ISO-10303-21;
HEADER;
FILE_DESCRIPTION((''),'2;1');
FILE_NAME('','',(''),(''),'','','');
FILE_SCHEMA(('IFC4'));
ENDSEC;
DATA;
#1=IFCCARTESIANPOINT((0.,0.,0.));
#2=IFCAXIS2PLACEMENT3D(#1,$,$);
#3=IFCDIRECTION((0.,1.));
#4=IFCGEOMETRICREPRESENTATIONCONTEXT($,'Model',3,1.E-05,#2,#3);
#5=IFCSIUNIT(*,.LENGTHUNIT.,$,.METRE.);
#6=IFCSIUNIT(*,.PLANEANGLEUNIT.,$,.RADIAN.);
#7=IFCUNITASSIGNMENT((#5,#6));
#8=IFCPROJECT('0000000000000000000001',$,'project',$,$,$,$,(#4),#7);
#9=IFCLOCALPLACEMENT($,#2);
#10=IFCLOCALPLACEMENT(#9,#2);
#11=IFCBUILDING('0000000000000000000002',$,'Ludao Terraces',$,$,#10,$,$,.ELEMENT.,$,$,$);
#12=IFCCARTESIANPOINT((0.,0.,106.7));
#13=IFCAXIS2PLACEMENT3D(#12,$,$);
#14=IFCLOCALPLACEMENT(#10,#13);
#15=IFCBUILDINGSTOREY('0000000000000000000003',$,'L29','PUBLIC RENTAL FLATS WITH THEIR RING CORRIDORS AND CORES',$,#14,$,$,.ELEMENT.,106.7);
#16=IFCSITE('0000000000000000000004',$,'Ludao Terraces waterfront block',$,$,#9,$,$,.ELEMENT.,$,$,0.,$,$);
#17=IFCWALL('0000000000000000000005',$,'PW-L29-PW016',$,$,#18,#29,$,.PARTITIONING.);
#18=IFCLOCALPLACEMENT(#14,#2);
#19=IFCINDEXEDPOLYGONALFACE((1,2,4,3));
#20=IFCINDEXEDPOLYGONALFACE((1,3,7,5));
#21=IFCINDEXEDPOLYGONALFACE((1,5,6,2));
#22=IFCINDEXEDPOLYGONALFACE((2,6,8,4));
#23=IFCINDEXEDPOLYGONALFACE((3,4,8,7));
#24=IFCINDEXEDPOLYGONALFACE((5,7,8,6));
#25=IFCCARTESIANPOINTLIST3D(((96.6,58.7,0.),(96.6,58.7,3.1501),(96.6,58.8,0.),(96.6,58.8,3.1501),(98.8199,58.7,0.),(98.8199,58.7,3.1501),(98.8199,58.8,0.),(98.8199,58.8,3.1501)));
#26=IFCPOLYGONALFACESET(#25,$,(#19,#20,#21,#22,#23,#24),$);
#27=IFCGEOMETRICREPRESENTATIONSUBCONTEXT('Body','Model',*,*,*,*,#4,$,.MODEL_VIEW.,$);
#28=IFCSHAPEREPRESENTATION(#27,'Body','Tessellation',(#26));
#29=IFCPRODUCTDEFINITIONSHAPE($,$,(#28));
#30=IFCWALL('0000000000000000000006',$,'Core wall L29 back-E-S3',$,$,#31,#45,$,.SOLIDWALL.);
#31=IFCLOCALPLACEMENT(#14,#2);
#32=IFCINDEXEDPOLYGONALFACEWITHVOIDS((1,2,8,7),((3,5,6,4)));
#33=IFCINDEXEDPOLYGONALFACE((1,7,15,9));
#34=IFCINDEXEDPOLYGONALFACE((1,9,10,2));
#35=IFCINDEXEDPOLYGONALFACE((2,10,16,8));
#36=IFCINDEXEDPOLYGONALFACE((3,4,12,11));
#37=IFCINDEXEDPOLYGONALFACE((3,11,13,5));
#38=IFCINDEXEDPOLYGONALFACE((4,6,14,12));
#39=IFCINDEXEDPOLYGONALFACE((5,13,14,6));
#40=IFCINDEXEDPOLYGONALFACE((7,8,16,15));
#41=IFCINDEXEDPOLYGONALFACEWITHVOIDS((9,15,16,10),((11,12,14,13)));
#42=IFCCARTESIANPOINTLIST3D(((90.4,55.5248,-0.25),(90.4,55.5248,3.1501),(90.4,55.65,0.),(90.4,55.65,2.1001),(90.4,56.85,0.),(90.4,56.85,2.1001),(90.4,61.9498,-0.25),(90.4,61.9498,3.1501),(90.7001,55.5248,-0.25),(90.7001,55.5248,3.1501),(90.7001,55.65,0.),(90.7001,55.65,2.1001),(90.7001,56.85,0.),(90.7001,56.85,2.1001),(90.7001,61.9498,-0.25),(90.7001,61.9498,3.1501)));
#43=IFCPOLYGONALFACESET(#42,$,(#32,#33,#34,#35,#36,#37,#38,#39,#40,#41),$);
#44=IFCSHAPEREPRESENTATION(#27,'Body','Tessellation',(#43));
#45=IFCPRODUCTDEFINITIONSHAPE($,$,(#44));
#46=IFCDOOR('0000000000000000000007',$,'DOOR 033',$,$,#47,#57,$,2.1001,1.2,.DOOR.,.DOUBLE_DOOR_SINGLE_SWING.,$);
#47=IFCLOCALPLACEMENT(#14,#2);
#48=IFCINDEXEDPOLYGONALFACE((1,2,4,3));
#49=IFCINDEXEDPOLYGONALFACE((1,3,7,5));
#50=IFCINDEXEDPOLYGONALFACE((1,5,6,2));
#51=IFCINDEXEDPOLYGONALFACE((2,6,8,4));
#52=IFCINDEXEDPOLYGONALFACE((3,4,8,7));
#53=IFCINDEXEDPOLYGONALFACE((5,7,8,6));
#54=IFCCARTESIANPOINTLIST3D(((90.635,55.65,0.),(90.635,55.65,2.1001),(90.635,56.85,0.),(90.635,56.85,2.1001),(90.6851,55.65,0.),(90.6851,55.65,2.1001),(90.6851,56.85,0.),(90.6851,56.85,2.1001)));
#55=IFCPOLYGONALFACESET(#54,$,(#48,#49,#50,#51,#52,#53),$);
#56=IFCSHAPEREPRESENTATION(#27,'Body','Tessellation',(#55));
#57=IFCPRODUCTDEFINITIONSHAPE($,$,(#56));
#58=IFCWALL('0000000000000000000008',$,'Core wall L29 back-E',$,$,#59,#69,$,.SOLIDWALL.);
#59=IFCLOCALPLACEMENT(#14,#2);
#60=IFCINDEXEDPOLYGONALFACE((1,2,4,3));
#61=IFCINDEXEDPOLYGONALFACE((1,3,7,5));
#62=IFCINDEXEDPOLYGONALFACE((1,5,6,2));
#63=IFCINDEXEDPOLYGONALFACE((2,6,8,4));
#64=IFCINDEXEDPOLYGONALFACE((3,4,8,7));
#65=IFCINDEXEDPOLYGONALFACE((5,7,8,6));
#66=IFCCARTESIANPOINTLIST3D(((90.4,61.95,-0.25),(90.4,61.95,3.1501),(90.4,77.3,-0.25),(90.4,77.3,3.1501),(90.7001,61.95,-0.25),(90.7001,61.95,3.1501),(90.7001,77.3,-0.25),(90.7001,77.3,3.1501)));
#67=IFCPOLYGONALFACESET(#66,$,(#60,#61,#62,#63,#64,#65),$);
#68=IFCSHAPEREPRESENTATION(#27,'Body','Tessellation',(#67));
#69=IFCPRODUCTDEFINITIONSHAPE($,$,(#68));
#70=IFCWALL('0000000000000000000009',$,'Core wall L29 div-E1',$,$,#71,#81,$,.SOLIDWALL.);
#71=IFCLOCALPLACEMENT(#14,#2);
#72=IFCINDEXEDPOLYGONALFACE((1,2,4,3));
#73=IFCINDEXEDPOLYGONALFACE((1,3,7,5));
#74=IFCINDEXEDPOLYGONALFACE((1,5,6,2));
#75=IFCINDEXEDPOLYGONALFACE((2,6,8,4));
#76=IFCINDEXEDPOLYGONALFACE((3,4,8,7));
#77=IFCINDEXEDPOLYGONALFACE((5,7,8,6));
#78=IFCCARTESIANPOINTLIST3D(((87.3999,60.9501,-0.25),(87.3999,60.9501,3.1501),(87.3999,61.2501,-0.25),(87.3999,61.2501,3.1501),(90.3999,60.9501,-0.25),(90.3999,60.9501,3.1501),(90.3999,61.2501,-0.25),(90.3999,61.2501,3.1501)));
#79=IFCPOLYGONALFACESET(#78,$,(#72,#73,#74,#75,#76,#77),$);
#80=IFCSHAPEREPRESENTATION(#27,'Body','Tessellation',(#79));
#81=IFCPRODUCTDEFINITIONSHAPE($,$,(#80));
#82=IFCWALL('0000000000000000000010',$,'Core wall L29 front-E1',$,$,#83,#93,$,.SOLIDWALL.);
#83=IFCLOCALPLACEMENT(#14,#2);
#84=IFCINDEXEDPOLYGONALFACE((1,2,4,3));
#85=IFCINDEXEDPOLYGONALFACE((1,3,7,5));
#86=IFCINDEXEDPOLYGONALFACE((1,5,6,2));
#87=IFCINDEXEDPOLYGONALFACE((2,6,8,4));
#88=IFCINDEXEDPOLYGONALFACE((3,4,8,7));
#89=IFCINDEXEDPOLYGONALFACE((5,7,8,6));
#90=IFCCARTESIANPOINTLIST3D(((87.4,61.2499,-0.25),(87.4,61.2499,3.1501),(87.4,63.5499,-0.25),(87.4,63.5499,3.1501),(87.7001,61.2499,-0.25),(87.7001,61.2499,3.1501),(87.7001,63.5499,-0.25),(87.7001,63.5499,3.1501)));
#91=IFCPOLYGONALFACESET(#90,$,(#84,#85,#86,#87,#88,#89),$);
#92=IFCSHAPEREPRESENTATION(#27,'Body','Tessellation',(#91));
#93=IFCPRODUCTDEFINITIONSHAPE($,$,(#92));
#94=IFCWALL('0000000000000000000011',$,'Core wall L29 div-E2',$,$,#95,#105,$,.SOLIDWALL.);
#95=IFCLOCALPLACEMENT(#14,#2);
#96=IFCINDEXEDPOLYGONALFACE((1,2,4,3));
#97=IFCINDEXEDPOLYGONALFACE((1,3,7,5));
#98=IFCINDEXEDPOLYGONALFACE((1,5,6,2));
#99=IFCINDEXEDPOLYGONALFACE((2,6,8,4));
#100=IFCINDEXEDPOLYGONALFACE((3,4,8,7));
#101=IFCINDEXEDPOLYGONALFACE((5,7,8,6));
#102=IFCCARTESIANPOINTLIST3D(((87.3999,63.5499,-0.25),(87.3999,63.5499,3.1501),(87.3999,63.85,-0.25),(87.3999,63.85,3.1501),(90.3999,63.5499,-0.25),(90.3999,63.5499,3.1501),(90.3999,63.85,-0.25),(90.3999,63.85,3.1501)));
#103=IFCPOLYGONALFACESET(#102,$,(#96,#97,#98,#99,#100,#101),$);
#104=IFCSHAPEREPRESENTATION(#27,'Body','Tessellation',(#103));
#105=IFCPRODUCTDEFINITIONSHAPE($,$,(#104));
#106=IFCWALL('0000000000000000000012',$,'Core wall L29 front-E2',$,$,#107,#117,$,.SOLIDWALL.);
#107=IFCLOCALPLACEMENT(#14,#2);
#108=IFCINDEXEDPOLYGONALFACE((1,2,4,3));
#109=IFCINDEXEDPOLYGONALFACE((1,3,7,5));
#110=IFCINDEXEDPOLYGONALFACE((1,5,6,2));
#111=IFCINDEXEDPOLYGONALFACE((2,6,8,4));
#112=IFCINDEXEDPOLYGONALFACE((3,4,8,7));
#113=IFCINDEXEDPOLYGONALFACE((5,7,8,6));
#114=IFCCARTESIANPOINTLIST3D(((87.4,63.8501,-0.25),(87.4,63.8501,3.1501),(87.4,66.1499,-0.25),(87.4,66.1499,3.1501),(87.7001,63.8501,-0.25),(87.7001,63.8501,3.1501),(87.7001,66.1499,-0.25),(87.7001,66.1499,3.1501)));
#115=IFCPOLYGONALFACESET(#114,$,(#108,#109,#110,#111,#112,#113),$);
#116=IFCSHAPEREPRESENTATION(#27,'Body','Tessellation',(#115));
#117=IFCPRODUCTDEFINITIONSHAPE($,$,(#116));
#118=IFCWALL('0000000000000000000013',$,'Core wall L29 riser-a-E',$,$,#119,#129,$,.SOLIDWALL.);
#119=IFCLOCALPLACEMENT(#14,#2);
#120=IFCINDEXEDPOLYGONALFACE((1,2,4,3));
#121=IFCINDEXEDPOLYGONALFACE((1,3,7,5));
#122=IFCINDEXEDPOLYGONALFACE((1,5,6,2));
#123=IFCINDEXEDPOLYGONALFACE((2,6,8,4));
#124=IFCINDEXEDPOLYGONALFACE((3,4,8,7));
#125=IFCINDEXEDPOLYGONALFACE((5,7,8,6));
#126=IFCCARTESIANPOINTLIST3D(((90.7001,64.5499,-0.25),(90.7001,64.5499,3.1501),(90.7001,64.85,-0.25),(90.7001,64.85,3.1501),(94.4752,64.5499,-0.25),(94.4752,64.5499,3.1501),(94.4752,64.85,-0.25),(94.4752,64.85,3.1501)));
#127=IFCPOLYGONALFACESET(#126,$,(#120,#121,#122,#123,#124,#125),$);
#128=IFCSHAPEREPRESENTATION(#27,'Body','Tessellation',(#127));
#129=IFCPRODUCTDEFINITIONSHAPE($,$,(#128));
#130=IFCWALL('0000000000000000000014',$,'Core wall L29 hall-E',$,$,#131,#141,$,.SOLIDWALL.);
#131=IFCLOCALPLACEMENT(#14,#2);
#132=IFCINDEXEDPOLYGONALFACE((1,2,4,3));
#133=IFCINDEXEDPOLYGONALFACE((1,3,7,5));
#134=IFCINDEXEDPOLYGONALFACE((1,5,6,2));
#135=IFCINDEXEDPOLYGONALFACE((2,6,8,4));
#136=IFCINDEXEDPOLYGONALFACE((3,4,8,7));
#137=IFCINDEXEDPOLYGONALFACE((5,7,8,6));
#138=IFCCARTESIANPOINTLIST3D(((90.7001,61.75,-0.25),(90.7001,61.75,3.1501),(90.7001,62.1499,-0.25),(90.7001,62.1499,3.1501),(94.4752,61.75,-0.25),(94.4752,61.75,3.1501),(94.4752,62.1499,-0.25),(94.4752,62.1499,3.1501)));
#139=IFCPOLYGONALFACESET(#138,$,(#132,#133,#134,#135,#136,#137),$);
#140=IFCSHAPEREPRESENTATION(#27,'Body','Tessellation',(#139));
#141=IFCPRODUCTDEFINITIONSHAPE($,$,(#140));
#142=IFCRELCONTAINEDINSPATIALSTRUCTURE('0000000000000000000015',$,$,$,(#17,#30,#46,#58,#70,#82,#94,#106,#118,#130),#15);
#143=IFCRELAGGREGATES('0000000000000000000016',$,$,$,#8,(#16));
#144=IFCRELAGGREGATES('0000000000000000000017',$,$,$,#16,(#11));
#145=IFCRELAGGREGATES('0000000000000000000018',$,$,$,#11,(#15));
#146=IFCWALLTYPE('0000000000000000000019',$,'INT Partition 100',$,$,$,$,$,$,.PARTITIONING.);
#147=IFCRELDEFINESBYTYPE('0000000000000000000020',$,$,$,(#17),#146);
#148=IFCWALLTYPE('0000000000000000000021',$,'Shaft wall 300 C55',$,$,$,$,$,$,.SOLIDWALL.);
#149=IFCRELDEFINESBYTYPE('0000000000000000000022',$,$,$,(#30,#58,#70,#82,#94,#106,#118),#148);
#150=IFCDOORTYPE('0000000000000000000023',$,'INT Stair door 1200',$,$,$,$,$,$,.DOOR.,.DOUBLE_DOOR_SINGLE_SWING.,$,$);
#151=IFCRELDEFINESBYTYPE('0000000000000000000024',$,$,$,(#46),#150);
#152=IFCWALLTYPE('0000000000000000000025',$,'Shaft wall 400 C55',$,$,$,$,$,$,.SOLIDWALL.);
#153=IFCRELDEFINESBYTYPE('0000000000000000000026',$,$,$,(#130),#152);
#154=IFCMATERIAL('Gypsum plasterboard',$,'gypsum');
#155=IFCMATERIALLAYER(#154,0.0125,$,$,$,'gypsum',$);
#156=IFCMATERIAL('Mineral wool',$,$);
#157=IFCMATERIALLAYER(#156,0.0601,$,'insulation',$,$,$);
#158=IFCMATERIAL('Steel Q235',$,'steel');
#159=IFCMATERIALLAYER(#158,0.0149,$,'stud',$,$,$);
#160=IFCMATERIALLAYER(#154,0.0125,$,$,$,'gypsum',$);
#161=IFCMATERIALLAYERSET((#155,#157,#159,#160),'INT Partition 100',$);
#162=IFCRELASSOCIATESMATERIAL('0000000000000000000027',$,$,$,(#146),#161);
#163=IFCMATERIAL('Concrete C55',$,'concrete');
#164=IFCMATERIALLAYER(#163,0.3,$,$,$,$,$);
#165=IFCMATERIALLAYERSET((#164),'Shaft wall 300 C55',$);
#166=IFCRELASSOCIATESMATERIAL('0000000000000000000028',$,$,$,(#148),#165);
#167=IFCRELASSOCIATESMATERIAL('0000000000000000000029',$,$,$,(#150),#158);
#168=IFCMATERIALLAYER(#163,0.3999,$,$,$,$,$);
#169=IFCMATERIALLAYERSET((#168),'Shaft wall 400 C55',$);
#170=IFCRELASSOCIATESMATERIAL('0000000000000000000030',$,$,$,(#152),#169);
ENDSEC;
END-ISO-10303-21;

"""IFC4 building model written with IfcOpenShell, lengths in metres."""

from ifc_helpers import new_model, si_unit, direction, frame, frame_2d, origin, place, context, subcontext, project, spatial, rectangle, extrude, material, layer, layer_set, type_object, element, fill, save


model = new_model("IFC4")

# Units and contexts
model_context = context("Model", 3, precision=1e-05, world=origin(), true_north=direction((0.0, 1.0)))
body_context = subcontext(model_context, "Body", "Model", "MODEL_VIEW")
ifc_project = project(units=[si_unit("LENGTHUNIT", "METRE"), si_unit("PLANEANGLEUNIT", "RADIAN")], contexts=[model_context])

# Site, building, storey
site_placement = place(None, origin())
site = spatial("IfcSite", under=ifc_project, at=site_placement, Name="Ludao Terraces waterfront block", CompositionType="ELEMENT", RefElevation=0.0)
building_placement = place(site_placement, origin())
building = spatial("IfcBuilding", under=site, at=building_placement, Name="Ludao Terraces", CompositionType="ELEMENT")
storey_placement = place(building_placement, frame((0.0, 0.0, 106.7)))
storey = spatial("IfcBuildingStorey", under=building, at=storey_placement, Name="L29", Description="PUBLIC RENTAL FLATS WITH THEIR RING CORRIDORS AND CORES", CompositionType="ELEMENT", Elevation=106.7)

# Shared definitions
ifc_material_1 = material(Name="Steel Q235", Category="steel")

# Shared definitions
ifc_material_2 = material(Name="Mineral wool")

# Wall
ifc_material_3 = material(Name="Gypsum plasterboard", Category="gypsum")
ifc_layer_1 = layer(ifc_material_3, 0.0125, Category="gypsum")
ifc_layer_2 = layer(ifc_material_2, 0.0601, Name="insulation")
ifc_layer_3 = layer(ifc_material_1, 0.0149, Name="stud")
ifc_layer_4 = layer(ifc_material_3, 0.0125, Category="gypsum")
ifc_layer_set_1 = layer_set([ifc_layer_1, ifc_layer_2, ifc_layer_3, ifc_layer_4], Name="INT Partition 100")
wall_type_1 = type_object("IfcWallType", Name="INT Partition 100", PredefinedType="PARTITIONING", material=ifc_layer_set_1)
for number, where, z_axis, x_axis, name in (
    (1, (96.6001, 58.75, 0.0), (0.0, 0.0, 1.0), (1.0, 0.0, 0.0), "PW-L29-PW016"),
):
    element("IfcWall", number, at=place(storey_placement, frame(where, z_axis=z_axis, x_axis=x_axis)), inside=storey, type_object=wall_type_1, Name=name, PredefinedType="PARTITIONING", context=body_context, shape_type="SweptSolid", body=[
        extrude(rectangle(XDim=2.22, YDim=0.1001, at=frame_2d((1.1099, 0.0))), origin(), (0.0, 0.0, 1.0), 3.1501),
    ])

# Wall, opening, door
ifc_material_4 = material(Name="Concrete C55", Category="concrete")
ifc_layer_5 = layer(ifc_material_4, 0.3)
ifc_layer_set_2 = layer_set([ifc_layer_5], Name="Shaft wall 300 C55")
wall_type_2 = type_object("IfcWallType", Name="Shaft wall 300 C55", PredefinedType="SOLIDWALL", material=ifc_layer_set_2)
wall_1_placement = place(storey_placement, frame((90.55, 55.5249, -0.25), z_axis=(0.0, 0.0, 1.0), x_axis=(0.0, 1.0, 0.0)))
wall_1 = element("IfcWall", 2, at=wall_1_placement, inside=storey, type_object=wall_type_2, Name="Core wall L29 back-E-S3", PredefinedType="SOLIDWALL", context=body_context, shape_type="SweptSolid", body=[
    extrude(rectangle(XDim=6.425, YDim=0.3, at=frame_2d((3.2124, 0.0))), origin(), (0.0, 0.0, 1.0), 3.4001),
])
opening_1_placement = place(wall_1_placement, frame((0.125, 0.0, 0.25)))
opening_1 = element("IfcOpeningElement", 3, at=opening_1_placement, cuts=wall_1, PredefinedType="OPENING", context=body_context, shape_type="SweptSolid", body=[
    extrude(rectangle(XDim=1.2, YDim=2.1001, at=frame_2d((0.6001, 1.05))), frame((0.0, 0.1602, 0.0), z_axis=(0.0, -1.0, 0.0), x_axis=(1.0, 0.0, 0.0)), (0.0, 0.0, 1.0), 0.3201),
])
door_type_1 = type_object("IfcDoorType", Name="INT Stair door 1200", OperationType="DOUBLE_DOOR_SINGLE_SWING", PredefinedType="DOOR", material=ifc_material_1)
door_1_placement = place(opening_1_placement, origin())
door_1 = element("IfcDoor", 4, at=door_1_placement, inside=storey, type_object=door_type_1, Name="DOOR 033", OperationType="DOUBLE_DOOR_SINGLE_SWING", OverallHeight=2.1001, OverallWidth=1.2, PredefinedType="DOOR", context=body_context, shape_type="SweptSolid", body=[
    extrude(rectangle(XDim=1.2, YDim=2.1001, at=frame_2d((0.6001, 1.05))), frame((0.0, -0.085, 0.0), z_axis=(0.0, -1.0, 0.0), x_axis=(1.0, 0.0, 0.0)), (0.0, 0.0, 1.0), 0.05),
])
fill(opening_1, door_1)

# Walls
wall_2_placement = place(storey_placement, frame((90.55, 61.95, -0.25), z_axis=(0.0, 0.0, 1.0), x_axis=(0.0, 1.0, 0.0)))
element("IfcWall", 5, at=wall_2_placement, inside=storey, type_object=wall_type_2, Name="Core wall L29 back-E", PredefinedType="SOLIDWALL", context=body_context, shape_type="SweptSolid", body=[
    extrude(rectangle(XDim=15.3501, YDim=0.3, at=frame_2d((7.675, 0.0))), origin(), (0.0, 0.0, 1.0), 3.4001),
])
wall_3_placement = place(storey_placement, frame((87.3999, 61.1001, -0.25), z_axis=(0.0, 0.0, 1.0), x_axis=(1.0, 0.0, 0.0)))
element("IfcWall", 6, at=wall_3_placement, inside=storey, type_object=wall_type_2, Name="Core wall L29 div-E1", PredefinedType="SOLIDWALL", context=body_context, shape_type="SweptSolid", body=[
    extrude(rectangle(XDim=3.0, YDim=0.3, at=frame_2d((1.5, 0.0))), origin(), (0.0, 0.0, 1.0), 3.4001),
])
wall_4_placement = place(storey_placement, frame((87.55, 61.25, -0.25), z_axis=(0.0, 0.0, 1.0), x_axis=(0.0, 1.0, 0.0)))
element("IfcWall", 7, at=wall_4_placement, inside=storey, type_object=wall_type_2, Name="Core wall L29 front-E1", PredefinedType="SOLIDWALL", context=body_context, shape_type="SweptSolid", body=[
    extrude(rectangle(XDim=2.3, YDim=0.3, at=frame_2d((1.1499, 0.0))), origin(), (0.0, 0.0, 1.0), 3.4001),
])
wall_5_placement = place(storey_placement, frame((87.3999, 63.7, -0.25), z_axis=(0.0, 0.0, 1.0), x_axis=(1.0, 0.0, 0.0)))
element("IfcWall", 8, at=wall_5_placement, inside=storey, type_object=wall_type_2, Name="Core wall L29 div-E2", PredefinedType="SOLIDWALL", context=body_context, shape_type="SweptSolid", body=[
    extrude(rectangle(XDim=3.0, YDim=0.3, at=frame_2d((1.5, 0.0))), origin(), (0.0, 0.0, 1.0), 3.4001),
])
wall_6_placement = place(storey_placement, frame((87.55, 63.8501, -0.25), z_axis=(0.0, 0.0, 1.0), x_axis=(0.0, 1.0, 0.0)))
element("IfcWall", 9, at=wall_6_placement, inside=storey, type_object=wall_type_2, Name="Core wall L29 front-E2", PredefinedType="SOLIDWALL", context=body_context, shape_type="SweptSolid", body=[
    extrude(rectangle(XDim=2.2998, YDim=0.3, at=frame_2d((1.1499, 0.0))), origin(), (0.0, 0.0, 1.0), 3.4001),
])
wall_7_placement = place(storey_placement, frame((90.7, 64.7, -0.25), z_axis=(0.0, 0.0, 1.0), x_axis=(1.0, 0.0, 0.0)))
element("IfcWall", 10, at=wall_7_placement, inside=storey, type_object=wall_type_2, Name="Core wall L29 riser-a-E", PredefinedType="SOLIDWALL", context=body_context, shape_type="SweptSolid", body=[
    extrude(rectangle(XDim=3.7751, YDim=0.3, at=frame_2d((1.8877, 0.0))), origin(), (0.0, 0.0, 1.0), 3.4001),
])
ifc_layer_6 = layer(ifc_material_4, 0.3999)
ifc_layer_set_3 = layer_set([ifc_layer_6], Name="Shaft wall 400 C55")
wall_type_3 = type_object("IfcWallType", Name="Shaft wall 400 C55", PredefinedType="SOLIDWALL", material=ifc_layer_set_3)
wall_8_placement = place(storey_placement, frame((90.7, 61.95, -0.25), z_axis=(0.0, 0.0, 1.0), x_axis=(1.0, 0.0, 0.0)))
element("IfcWall", 11, at=wall_8_placement, inside=storey, type_object=wall_type_3, Name="Core wall L29 hall-E", PredefinedType="SOLIDWALL", context=body_context, shape_type="SweptSolid", body=[
    extrude(rectangle(XDim=3.7751, YDim=0.3999, at=frame_2d((1.8877, 0.0))), origin(), (0.0, 0.0, 1.0), 3.4001),
])

save(model, "model.ifc")
